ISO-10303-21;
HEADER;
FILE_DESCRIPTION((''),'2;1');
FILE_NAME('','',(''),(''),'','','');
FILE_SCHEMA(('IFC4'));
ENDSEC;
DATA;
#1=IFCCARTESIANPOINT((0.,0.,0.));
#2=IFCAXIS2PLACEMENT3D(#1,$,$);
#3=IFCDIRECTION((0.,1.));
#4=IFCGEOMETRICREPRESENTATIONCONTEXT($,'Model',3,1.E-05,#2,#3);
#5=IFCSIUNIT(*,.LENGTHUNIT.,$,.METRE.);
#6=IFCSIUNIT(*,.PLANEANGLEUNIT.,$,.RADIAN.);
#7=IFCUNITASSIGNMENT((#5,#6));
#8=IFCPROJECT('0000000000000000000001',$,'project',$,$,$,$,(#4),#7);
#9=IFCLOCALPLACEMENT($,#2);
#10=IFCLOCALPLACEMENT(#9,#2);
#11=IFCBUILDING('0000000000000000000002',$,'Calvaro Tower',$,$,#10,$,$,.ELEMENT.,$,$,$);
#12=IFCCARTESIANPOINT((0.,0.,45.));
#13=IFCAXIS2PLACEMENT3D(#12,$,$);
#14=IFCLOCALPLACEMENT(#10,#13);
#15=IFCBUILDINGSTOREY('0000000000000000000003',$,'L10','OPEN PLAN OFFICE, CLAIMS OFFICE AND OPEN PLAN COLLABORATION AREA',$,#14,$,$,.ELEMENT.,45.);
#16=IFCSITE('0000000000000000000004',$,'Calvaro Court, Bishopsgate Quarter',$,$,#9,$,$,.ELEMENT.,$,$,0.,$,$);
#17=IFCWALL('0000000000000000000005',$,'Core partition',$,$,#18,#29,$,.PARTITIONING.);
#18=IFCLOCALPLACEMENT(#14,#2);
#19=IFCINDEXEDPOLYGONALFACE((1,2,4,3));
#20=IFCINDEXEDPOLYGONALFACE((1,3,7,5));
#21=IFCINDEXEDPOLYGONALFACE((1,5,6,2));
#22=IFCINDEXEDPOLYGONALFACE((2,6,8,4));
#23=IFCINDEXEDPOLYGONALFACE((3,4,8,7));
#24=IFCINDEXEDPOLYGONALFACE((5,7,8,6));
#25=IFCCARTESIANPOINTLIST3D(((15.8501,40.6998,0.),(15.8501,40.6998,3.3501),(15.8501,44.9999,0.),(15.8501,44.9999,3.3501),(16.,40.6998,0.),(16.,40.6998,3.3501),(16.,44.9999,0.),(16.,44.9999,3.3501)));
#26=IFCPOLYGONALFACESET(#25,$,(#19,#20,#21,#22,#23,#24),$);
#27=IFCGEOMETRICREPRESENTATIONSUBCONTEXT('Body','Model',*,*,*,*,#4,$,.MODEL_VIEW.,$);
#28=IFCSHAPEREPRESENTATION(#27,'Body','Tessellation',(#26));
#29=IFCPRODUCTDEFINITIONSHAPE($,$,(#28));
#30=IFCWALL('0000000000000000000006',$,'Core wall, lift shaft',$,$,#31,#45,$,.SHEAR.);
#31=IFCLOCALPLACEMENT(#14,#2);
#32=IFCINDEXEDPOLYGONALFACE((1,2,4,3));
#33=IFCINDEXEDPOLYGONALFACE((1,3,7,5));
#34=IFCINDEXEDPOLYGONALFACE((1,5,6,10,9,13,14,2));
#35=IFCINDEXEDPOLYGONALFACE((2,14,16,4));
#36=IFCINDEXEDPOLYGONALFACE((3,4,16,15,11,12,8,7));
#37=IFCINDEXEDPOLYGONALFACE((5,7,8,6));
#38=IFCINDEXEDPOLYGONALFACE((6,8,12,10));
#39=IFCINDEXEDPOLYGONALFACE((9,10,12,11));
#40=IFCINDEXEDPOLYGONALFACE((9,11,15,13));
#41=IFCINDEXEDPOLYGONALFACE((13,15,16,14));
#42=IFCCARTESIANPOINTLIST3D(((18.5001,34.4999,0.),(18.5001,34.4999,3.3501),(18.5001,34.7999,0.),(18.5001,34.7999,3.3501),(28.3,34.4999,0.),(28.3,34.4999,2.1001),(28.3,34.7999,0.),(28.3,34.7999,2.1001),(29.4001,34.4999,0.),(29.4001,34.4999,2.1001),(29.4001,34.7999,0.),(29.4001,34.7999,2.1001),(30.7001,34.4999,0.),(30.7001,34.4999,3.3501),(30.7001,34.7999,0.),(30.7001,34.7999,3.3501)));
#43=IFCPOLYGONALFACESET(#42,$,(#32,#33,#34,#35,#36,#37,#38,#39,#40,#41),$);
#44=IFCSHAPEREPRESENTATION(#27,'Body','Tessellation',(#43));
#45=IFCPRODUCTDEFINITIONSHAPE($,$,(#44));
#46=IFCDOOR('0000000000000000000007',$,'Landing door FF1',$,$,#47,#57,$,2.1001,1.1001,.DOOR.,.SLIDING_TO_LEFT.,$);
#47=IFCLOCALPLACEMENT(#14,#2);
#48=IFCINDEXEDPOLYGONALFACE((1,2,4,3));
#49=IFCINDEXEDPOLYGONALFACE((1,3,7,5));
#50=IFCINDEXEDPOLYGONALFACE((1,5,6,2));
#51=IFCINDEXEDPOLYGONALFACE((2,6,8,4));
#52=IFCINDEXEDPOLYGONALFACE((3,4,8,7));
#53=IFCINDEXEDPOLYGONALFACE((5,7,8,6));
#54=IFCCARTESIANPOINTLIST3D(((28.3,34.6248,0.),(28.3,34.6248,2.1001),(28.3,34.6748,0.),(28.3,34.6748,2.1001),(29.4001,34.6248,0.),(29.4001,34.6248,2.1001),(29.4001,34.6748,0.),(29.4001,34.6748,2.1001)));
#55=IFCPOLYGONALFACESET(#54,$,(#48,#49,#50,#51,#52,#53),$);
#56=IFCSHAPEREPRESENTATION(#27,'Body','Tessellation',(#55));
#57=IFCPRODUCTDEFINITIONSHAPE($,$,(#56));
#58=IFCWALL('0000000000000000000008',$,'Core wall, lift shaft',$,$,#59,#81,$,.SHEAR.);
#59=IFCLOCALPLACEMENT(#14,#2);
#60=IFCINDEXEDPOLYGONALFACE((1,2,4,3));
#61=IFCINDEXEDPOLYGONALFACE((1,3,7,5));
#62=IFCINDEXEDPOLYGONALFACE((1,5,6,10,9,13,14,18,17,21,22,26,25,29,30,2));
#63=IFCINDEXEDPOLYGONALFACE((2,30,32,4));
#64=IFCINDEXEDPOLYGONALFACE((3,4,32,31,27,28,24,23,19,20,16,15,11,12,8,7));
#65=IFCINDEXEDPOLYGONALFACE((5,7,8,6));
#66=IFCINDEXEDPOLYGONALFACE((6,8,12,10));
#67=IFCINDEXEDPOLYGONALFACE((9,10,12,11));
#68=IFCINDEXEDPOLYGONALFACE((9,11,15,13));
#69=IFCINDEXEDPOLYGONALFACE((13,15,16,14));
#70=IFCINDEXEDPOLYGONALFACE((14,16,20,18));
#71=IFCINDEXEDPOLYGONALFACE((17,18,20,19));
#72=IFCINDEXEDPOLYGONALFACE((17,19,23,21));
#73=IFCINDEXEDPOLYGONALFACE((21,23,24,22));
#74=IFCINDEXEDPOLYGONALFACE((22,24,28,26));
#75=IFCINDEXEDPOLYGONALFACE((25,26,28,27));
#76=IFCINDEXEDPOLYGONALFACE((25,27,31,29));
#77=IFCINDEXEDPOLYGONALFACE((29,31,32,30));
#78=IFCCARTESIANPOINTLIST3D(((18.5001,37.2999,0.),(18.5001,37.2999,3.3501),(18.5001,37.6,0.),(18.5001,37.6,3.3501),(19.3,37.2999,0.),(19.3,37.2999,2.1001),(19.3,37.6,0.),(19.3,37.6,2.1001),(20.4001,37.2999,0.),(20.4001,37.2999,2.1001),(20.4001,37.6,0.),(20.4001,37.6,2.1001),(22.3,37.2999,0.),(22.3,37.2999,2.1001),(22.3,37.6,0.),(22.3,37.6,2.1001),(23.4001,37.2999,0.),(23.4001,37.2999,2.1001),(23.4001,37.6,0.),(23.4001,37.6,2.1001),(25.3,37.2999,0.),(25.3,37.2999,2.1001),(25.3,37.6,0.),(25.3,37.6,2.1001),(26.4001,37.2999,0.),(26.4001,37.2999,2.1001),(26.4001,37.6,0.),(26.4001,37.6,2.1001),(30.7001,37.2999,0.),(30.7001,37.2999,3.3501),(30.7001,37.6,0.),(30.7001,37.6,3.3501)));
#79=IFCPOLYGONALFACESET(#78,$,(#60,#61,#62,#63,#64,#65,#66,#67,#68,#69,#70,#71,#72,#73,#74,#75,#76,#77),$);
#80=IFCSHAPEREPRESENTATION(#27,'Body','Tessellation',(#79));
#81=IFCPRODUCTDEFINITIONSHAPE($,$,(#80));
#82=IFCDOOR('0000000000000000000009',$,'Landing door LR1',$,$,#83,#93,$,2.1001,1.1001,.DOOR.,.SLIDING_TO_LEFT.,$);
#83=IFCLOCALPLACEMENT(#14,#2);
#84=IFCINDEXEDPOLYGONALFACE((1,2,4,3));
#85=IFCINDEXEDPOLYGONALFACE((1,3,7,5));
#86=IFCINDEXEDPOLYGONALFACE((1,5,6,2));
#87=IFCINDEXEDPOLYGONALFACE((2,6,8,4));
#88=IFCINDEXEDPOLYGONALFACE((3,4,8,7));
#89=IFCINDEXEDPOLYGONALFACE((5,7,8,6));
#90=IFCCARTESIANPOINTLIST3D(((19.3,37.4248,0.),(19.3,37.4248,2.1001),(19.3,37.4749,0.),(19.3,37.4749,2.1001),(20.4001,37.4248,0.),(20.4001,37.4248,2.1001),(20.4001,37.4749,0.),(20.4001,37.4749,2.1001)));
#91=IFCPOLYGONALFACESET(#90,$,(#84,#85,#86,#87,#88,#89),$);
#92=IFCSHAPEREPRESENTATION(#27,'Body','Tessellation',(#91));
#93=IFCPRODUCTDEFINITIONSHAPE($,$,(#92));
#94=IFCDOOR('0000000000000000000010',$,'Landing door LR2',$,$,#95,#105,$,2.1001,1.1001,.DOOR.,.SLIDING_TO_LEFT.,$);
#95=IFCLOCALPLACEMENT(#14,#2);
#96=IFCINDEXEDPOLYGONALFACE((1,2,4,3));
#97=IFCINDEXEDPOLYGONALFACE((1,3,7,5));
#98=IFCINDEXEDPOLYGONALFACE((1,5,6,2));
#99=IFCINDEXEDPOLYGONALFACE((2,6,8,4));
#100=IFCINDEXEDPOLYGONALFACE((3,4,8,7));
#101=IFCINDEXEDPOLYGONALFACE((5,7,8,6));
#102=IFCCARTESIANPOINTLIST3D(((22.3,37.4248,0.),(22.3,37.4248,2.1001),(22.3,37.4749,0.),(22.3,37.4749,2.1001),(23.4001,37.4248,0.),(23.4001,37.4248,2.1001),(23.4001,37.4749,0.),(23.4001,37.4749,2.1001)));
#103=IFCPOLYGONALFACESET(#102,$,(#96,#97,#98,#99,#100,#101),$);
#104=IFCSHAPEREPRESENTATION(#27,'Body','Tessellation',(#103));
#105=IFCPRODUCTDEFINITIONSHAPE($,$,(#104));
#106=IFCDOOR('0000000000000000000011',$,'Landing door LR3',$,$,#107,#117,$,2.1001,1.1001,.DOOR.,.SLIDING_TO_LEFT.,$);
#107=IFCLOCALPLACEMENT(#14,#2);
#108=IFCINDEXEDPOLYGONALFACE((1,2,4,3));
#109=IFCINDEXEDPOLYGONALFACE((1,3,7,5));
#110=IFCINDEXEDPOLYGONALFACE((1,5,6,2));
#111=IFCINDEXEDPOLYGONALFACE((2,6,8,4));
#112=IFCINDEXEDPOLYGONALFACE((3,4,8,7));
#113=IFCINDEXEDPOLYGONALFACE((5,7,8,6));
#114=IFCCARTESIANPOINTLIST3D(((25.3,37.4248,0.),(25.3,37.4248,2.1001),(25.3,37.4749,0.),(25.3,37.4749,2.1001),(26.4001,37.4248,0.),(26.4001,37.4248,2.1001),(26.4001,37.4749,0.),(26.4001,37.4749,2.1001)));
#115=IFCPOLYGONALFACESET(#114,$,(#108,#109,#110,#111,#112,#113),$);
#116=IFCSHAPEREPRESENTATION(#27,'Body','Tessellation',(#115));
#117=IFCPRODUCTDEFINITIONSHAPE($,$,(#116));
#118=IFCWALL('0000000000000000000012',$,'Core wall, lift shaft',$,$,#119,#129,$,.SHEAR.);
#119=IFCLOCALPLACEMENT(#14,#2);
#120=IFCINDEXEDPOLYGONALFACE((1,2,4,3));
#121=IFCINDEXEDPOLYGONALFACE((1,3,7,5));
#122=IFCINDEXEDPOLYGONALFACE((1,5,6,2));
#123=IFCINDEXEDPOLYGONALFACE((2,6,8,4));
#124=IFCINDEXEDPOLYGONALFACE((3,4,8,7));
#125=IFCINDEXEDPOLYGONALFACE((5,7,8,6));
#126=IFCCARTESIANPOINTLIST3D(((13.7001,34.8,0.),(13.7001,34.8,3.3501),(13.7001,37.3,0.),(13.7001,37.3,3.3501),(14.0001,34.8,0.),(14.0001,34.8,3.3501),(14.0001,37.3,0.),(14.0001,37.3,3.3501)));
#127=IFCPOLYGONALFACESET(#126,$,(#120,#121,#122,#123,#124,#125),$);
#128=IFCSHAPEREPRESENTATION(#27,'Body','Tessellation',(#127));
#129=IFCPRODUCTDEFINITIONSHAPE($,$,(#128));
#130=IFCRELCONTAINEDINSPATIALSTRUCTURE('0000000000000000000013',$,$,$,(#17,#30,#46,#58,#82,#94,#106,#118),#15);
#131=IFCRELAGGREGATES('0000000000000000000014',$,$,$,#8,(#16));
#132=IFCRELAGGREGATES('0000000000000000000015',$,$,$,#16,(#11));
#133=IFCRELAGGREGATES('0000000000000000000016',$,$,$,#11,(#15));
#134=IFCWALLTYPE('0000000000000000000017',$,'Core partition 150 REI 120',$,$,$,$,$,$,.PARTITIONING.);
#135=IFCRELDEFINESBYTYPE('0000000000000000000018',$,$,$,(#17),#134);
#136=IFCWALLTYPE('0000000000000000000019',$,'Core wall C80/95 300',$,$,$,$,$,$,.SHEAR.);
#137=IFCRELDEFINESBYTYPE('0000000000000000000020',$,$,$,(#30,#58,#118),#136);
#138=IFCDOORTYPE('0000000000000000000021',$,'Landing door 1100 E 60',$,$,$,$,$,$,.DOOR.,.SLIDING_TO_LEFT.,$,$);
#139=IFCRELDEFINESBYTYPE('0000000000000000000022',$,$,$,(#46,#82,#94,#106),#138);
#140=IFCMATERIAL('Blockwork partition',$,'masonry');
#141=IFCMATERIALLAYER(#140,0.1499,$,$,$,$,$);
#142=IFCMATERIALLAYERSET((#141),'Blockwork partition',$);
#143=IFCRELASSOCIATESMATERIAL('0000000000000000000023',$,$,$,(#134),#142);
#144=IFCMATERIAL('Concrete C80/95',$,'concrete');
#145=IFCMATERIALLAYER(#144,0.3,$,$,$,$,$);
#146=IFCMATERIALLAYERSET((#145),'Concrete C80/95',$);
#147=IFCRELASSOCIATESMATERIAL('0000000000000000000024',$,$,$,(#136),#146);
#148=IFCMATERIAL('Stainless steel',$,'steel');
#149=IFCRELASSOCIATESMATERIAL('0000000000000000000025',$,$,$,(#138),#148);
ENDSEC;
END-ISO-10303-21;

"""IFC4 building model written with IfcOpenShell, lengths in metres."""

from ifc_helpers import new_model, si_unit, direction, frame, frame_2d, origin, place, context, subcontext, project, spatial, rectangle, extrude, material, layer, layer_set, type_object, element, fill, save


model = new_model("IFC4")

# Units and contexts
model_context = context("Model", 3, precision=1e-05, world=origin(), true_north=direction((0.0, 1.0)))
body_context = subcontext(model_context, "Body", "Model", "MODEL_VIEW")
ifc_project = project(units=[si_unit("LENGTHUNIT", "METRE"), si_unit("PLANEANGLEUNIT", "RADIAN")], contexts=[model_context])

# Site, building, storey
site_placement = place(None, origin())
site = spatial("IfcSite", under=ifc_project, at=site_placement, Name="Calvaro Court, Bishopsgate Quarter", CompositionType="ELEMENT", RefElevation=0.0)
building_placement = place(site_placement, origin())
building = spatial("IfcBuilding", under=site, at=building_placement, Name="Calvaro Tower", CompositionType="ELEMENT")
storey_placement = place(building_placement, frame((0.0, 0.0, 45.0)))
storey = spatial("IfcBuildingStorey", under=building, at=storey_placement, Name="L10", Description="OPEN PLAN OFFICE, CLAIMS OFFICE AND OPEN PLAN COLLABORATION AREA", CompositionType="ELEMENT", Elevation=45.0)

# Wall
ifc_material_1 = material(Name="Blockwork partition", Category="masonry")
ifc_layer_1 = layer(ifc_material_1, 0.1499)
ifc_layer_set_1 = layer_set([ifc_layer_1], Name="Blockwork partition")
wall_type_1 = type_object("IfcWallType", Name="Core partition 150 REI 120", PredefinedType="PARTITIONING", material=ifc_layer_set_1)
wall_1_placement = place(storey_placement, frame((15.925, 40.7, 0.0), z_axis=(0.0, 0.0, 1.0), x_axis=(0.0, 1.0, 0.0)))
element("IfcWall", 1, at=wall_1_placement, inside=storey, type_object=wall_type_1, Name="Core partition", PredefinedType="PARTITIONING", context=body_context, shape_type="SweptSolid", body=[
    extrude(rectangle(XDim=4.3, YDim=0.1499, at=frame_2d((2.1499, 0.0))), origin(), (0.0, 0.0, 1.0), 3.3501),
])

# Wall, opening, door
ifc_material_2 = material(Name="Concrete C80/95", Category="concrete")
ifc_layer_2 = layer(ifc_material_2, 0.3)
ifc_layer_set_2 = layer_set([ifc_layer_2], Name="Concrete C80/95")
wall_type_2 = type_object("IfcWallType", Name="Core wall C80/95 300", PredefinedType="SHEAR", material=ifc_layer_set_2)
wall_2_placement = place(storey_placement, frame((18.5, 34.6499, 0.0), z_axis=(0.0, 0.0, 1.0), x_axis=(1.0, 0.0, 0.0)))
wall_2 = element("IfcWall", 2, at=wall_2_placement, inside=storey, type_object=wall_type_2, Name="Core wall, lift shaft", PredefinedType="SHEAR", context=body_context, shape_type="SweptSolid", body=[
    extrude(rectangle(XDim=12.2, YDim=0.3, at=frame_2d((6.1001, 0.0))), origin(), (0.0, 0.0, 1.0), 3.3501),
])
opening_1_placement = place(wall_2_placement, frame((9.8, 0.0, 0.0)))
opening_1 = element("IfcOpeningElement", 3, at=opening_1_placement, cuts=wall_2, PredefinedType="OPENING", context=body_context, shape_type="SweptSolid", body=[
    extrude(rectangle(XDim=1.1001, YDim=2.1001, at=frame_2d((0.55, 1.05))), frame((0.0, 0.1599, 0.0), z_axis=(0.0, -1.0, 0.0), x_axis=(1.0, 0.0, 0.0)), (0.0, 0.0, 1.0), 0.3201),
])
ifc_material_3 = material(Name="Stainless steel", Category="steel")
door_type_1 = type_object("IfcDoorType", Name="Landing door 1100 E 60", OperationType="SLIDING_TO_LEFT", PredefinedType="DOOR", material=ifc_material_3)
door_1_placement = place(opening_1_placement, origin())
door_1 = element("IfcDoor", 4, at=door_1_placement, inside=storey, type_object=door_type_1, Name="Landing door FF1", OperationType="SLIDING_TO_LEFT", OverallHeight=2.1001, OverallWidth=1.1001, PredefinedType="DOOR", context=body_context, shape_type="SweptSolid", body=[
    extrude(rectangle(XDim=1.1001, YDim=2.1001, at=frame_2d((0.55, 1.05))), frame((0.0, 0.0249, 0.0), z_axis=(0.0, -1.0, 0.0), x_axis=(1.0, 0.0, 0.0)), (0.0, 0.0, 1.0), 0.05),
])
fill(opening_1, door_1)

# Wall, openings, doors
wall_3_placement = place(storey_placement, frame((18.5, 37.45, 0.0), z_axis=(0.0, 0.0, 1.0), x_axis=(1.0, 0.0, 0.0)))
wall_3 = element("IfcWall", 5, at=wall_3_placement, inside=storey, type_object=wall_type_2, Name="Core wall, lift shaft", PredefinedType="SHEAR", context=body_context, shape_type="SweptSolid", body=[
    extrude(rectangle(XDim=12.2, YDim=0.3, at=frame_2d((6.1001, 0.0))), origin(), (0.0, 0.0, 1.0), 3.3501),
])
opening_2_placement = place(wall_3_placement, frame((0.8, 0.0, 0.0)))
opening_2 = element("IfcOpeningElement", 6, at=opening_2_placement, cuts=wall_3, PredefinedType="OPENING", context=body_context, shape_type="SweptSolid", body=[
    extrude(rectangle(XDim=1.1001, YDim=2.1001, at=frame_2d((0.55, 1.05))), frame((0.0, 0.1599, 0.0), z_axis=(0.0, -1.0, 0.0), x_axis=(1.0, 0.0, 0.0)), (0.0, 0.0, 1.0), 0.3201),
])
opening_3_placement = place(wall_3_placement, frame((3.8, 0.0, 0.0)))
opening_3 = element("IfcOpeningElement", 7, at=opening_3_placement, cuts=wall_3, PredefinedType="OPENING", context=body_context, shape_type="SweptSolid", body=[
    extrude(rectangle(XDim=1.1001, YDim=2.1001, at=frame_2d((0.55, 1.05))), frame((0.0, 0.1599, 0.0), z_axis=(0.0, -1.0, 0.0), x_axis=(1.0, 0.0, 0.0)), (0.0, 0.0, 1.0), 0.3201),
])
opening_4_placement = place(wall_3_placement, frame((6.8, 0.0, 0.0)))
opening_4 = element("IfcOpeningElement", 8, at=opening_4_placement, cuts=wall_3, PredefinedType="OPENING", context=body_context, shape_type="SweptSolid", body=[
    extrude(rectangle(XDim=1.1001, YDim=2.1001, at=frame_2d((0.55, 1.05))), frame((0.0, 0.1599, 0.0), z_axis=(0.0, -1.0, 0.0), x_axis=(1.0, 0.0, 0.0)), (0.0, 0.0, 1.0), 0.3201),
])
door_2_placement = place(opening_2_placement, origin())
door_2 = element("IfcDoor", 9, at=door_2_placement, inside=storey, type_object=door_type_1, Name="Landing door LR1", OperationType="SLIDING_TO_LEFT", OverallHeight=2.1001, OverallWidth=1.1001, PredefinedType="DOOR", context=body_context, shape_type="SweptSolid", body=[
    extrude(rectangle(XDim=1.1001, YDim=2.1001, at=frame_2d((0.55, 1.05))), frame((0.0, 0.0249, 0.0), z_axis=(0.0, -1.0, 0.0), x_axis=(1.0, 0.0, 0.0)), (0.0, 0.0, 1.0), 0.05),
])
fill(opening_2, door_2)
door_3_placement = place(opening_3_placement, origin())
door_3 = element("IfcDoor", 10, at=door_3_placement, inside=storey, type_object=door_type_1, Name="Landing door LR2", OperationType="SLIDING_TO_LEFT", OverallHeight=2.1001, OverallWidth=1.1001, PredefinedType="DOOR", context=body_context, shape_type="SweptSolid", body=[
    extrude(rectangle(XDim=1.1001, YDim=2.1001, at=frame_2d((0.55, 1.05))), frame((0.0, 0.0249, 0.0), z_axis=(0.0, -1.0, 0.0), x_axis=(1.0, 0.0, 0.0)), (0.0, 0.0, 1.0), 0.05),
])
fill(opening_3, door_3)
door_4_placement = place(opening_4_placement, origin())
door_4 = element("IfcDoor", 11, at=door_4_placement, inside=storey, type_object=door_type_1, Name="Landing door LR3", OperationType="SLIDING_TO_LEFT", OverallHeight=2.1001, OverallWidth=1.1001, PredefinedType="DOOR", context=body_context, shape_type="SweptSolid", body=[
    extrude(rectangle(XDim=1.1001, YDim=2.1001, at=frame_2d((0.55, 1.05))), frame((0.0, 0.0249, 0.0), z_axis=(0.0, -1.0, 0.0), x_axis=(1.0, 0.0, 0.0)), (0.0, 0.0, 1.0), 0.05),
])
fill(opening_4, door_4)

# Wall
wall_4_placement = place(storey_placement, frame((13.8501, 34.8, 0.0), z_axis=(0.0, 0.0, 1.0), x_axis=(0.0, 1.0, 0.0)))
element("IfcWall", 12, at=wall_4_placement, inside=storey, type_object=wall_type_2, Name="Core wall, lift shaft", PredefinedType="SHEAR", context=body_context, shape_type="SweptSolid", body=[
    extrude(rectangle(XDim=2.5, YDim=0.3, at=frame_2d((1.25, 0.0))), origin(), (0.0, 0.0, 1.0), 3.3501),
])

save(model, "model.ifc")
